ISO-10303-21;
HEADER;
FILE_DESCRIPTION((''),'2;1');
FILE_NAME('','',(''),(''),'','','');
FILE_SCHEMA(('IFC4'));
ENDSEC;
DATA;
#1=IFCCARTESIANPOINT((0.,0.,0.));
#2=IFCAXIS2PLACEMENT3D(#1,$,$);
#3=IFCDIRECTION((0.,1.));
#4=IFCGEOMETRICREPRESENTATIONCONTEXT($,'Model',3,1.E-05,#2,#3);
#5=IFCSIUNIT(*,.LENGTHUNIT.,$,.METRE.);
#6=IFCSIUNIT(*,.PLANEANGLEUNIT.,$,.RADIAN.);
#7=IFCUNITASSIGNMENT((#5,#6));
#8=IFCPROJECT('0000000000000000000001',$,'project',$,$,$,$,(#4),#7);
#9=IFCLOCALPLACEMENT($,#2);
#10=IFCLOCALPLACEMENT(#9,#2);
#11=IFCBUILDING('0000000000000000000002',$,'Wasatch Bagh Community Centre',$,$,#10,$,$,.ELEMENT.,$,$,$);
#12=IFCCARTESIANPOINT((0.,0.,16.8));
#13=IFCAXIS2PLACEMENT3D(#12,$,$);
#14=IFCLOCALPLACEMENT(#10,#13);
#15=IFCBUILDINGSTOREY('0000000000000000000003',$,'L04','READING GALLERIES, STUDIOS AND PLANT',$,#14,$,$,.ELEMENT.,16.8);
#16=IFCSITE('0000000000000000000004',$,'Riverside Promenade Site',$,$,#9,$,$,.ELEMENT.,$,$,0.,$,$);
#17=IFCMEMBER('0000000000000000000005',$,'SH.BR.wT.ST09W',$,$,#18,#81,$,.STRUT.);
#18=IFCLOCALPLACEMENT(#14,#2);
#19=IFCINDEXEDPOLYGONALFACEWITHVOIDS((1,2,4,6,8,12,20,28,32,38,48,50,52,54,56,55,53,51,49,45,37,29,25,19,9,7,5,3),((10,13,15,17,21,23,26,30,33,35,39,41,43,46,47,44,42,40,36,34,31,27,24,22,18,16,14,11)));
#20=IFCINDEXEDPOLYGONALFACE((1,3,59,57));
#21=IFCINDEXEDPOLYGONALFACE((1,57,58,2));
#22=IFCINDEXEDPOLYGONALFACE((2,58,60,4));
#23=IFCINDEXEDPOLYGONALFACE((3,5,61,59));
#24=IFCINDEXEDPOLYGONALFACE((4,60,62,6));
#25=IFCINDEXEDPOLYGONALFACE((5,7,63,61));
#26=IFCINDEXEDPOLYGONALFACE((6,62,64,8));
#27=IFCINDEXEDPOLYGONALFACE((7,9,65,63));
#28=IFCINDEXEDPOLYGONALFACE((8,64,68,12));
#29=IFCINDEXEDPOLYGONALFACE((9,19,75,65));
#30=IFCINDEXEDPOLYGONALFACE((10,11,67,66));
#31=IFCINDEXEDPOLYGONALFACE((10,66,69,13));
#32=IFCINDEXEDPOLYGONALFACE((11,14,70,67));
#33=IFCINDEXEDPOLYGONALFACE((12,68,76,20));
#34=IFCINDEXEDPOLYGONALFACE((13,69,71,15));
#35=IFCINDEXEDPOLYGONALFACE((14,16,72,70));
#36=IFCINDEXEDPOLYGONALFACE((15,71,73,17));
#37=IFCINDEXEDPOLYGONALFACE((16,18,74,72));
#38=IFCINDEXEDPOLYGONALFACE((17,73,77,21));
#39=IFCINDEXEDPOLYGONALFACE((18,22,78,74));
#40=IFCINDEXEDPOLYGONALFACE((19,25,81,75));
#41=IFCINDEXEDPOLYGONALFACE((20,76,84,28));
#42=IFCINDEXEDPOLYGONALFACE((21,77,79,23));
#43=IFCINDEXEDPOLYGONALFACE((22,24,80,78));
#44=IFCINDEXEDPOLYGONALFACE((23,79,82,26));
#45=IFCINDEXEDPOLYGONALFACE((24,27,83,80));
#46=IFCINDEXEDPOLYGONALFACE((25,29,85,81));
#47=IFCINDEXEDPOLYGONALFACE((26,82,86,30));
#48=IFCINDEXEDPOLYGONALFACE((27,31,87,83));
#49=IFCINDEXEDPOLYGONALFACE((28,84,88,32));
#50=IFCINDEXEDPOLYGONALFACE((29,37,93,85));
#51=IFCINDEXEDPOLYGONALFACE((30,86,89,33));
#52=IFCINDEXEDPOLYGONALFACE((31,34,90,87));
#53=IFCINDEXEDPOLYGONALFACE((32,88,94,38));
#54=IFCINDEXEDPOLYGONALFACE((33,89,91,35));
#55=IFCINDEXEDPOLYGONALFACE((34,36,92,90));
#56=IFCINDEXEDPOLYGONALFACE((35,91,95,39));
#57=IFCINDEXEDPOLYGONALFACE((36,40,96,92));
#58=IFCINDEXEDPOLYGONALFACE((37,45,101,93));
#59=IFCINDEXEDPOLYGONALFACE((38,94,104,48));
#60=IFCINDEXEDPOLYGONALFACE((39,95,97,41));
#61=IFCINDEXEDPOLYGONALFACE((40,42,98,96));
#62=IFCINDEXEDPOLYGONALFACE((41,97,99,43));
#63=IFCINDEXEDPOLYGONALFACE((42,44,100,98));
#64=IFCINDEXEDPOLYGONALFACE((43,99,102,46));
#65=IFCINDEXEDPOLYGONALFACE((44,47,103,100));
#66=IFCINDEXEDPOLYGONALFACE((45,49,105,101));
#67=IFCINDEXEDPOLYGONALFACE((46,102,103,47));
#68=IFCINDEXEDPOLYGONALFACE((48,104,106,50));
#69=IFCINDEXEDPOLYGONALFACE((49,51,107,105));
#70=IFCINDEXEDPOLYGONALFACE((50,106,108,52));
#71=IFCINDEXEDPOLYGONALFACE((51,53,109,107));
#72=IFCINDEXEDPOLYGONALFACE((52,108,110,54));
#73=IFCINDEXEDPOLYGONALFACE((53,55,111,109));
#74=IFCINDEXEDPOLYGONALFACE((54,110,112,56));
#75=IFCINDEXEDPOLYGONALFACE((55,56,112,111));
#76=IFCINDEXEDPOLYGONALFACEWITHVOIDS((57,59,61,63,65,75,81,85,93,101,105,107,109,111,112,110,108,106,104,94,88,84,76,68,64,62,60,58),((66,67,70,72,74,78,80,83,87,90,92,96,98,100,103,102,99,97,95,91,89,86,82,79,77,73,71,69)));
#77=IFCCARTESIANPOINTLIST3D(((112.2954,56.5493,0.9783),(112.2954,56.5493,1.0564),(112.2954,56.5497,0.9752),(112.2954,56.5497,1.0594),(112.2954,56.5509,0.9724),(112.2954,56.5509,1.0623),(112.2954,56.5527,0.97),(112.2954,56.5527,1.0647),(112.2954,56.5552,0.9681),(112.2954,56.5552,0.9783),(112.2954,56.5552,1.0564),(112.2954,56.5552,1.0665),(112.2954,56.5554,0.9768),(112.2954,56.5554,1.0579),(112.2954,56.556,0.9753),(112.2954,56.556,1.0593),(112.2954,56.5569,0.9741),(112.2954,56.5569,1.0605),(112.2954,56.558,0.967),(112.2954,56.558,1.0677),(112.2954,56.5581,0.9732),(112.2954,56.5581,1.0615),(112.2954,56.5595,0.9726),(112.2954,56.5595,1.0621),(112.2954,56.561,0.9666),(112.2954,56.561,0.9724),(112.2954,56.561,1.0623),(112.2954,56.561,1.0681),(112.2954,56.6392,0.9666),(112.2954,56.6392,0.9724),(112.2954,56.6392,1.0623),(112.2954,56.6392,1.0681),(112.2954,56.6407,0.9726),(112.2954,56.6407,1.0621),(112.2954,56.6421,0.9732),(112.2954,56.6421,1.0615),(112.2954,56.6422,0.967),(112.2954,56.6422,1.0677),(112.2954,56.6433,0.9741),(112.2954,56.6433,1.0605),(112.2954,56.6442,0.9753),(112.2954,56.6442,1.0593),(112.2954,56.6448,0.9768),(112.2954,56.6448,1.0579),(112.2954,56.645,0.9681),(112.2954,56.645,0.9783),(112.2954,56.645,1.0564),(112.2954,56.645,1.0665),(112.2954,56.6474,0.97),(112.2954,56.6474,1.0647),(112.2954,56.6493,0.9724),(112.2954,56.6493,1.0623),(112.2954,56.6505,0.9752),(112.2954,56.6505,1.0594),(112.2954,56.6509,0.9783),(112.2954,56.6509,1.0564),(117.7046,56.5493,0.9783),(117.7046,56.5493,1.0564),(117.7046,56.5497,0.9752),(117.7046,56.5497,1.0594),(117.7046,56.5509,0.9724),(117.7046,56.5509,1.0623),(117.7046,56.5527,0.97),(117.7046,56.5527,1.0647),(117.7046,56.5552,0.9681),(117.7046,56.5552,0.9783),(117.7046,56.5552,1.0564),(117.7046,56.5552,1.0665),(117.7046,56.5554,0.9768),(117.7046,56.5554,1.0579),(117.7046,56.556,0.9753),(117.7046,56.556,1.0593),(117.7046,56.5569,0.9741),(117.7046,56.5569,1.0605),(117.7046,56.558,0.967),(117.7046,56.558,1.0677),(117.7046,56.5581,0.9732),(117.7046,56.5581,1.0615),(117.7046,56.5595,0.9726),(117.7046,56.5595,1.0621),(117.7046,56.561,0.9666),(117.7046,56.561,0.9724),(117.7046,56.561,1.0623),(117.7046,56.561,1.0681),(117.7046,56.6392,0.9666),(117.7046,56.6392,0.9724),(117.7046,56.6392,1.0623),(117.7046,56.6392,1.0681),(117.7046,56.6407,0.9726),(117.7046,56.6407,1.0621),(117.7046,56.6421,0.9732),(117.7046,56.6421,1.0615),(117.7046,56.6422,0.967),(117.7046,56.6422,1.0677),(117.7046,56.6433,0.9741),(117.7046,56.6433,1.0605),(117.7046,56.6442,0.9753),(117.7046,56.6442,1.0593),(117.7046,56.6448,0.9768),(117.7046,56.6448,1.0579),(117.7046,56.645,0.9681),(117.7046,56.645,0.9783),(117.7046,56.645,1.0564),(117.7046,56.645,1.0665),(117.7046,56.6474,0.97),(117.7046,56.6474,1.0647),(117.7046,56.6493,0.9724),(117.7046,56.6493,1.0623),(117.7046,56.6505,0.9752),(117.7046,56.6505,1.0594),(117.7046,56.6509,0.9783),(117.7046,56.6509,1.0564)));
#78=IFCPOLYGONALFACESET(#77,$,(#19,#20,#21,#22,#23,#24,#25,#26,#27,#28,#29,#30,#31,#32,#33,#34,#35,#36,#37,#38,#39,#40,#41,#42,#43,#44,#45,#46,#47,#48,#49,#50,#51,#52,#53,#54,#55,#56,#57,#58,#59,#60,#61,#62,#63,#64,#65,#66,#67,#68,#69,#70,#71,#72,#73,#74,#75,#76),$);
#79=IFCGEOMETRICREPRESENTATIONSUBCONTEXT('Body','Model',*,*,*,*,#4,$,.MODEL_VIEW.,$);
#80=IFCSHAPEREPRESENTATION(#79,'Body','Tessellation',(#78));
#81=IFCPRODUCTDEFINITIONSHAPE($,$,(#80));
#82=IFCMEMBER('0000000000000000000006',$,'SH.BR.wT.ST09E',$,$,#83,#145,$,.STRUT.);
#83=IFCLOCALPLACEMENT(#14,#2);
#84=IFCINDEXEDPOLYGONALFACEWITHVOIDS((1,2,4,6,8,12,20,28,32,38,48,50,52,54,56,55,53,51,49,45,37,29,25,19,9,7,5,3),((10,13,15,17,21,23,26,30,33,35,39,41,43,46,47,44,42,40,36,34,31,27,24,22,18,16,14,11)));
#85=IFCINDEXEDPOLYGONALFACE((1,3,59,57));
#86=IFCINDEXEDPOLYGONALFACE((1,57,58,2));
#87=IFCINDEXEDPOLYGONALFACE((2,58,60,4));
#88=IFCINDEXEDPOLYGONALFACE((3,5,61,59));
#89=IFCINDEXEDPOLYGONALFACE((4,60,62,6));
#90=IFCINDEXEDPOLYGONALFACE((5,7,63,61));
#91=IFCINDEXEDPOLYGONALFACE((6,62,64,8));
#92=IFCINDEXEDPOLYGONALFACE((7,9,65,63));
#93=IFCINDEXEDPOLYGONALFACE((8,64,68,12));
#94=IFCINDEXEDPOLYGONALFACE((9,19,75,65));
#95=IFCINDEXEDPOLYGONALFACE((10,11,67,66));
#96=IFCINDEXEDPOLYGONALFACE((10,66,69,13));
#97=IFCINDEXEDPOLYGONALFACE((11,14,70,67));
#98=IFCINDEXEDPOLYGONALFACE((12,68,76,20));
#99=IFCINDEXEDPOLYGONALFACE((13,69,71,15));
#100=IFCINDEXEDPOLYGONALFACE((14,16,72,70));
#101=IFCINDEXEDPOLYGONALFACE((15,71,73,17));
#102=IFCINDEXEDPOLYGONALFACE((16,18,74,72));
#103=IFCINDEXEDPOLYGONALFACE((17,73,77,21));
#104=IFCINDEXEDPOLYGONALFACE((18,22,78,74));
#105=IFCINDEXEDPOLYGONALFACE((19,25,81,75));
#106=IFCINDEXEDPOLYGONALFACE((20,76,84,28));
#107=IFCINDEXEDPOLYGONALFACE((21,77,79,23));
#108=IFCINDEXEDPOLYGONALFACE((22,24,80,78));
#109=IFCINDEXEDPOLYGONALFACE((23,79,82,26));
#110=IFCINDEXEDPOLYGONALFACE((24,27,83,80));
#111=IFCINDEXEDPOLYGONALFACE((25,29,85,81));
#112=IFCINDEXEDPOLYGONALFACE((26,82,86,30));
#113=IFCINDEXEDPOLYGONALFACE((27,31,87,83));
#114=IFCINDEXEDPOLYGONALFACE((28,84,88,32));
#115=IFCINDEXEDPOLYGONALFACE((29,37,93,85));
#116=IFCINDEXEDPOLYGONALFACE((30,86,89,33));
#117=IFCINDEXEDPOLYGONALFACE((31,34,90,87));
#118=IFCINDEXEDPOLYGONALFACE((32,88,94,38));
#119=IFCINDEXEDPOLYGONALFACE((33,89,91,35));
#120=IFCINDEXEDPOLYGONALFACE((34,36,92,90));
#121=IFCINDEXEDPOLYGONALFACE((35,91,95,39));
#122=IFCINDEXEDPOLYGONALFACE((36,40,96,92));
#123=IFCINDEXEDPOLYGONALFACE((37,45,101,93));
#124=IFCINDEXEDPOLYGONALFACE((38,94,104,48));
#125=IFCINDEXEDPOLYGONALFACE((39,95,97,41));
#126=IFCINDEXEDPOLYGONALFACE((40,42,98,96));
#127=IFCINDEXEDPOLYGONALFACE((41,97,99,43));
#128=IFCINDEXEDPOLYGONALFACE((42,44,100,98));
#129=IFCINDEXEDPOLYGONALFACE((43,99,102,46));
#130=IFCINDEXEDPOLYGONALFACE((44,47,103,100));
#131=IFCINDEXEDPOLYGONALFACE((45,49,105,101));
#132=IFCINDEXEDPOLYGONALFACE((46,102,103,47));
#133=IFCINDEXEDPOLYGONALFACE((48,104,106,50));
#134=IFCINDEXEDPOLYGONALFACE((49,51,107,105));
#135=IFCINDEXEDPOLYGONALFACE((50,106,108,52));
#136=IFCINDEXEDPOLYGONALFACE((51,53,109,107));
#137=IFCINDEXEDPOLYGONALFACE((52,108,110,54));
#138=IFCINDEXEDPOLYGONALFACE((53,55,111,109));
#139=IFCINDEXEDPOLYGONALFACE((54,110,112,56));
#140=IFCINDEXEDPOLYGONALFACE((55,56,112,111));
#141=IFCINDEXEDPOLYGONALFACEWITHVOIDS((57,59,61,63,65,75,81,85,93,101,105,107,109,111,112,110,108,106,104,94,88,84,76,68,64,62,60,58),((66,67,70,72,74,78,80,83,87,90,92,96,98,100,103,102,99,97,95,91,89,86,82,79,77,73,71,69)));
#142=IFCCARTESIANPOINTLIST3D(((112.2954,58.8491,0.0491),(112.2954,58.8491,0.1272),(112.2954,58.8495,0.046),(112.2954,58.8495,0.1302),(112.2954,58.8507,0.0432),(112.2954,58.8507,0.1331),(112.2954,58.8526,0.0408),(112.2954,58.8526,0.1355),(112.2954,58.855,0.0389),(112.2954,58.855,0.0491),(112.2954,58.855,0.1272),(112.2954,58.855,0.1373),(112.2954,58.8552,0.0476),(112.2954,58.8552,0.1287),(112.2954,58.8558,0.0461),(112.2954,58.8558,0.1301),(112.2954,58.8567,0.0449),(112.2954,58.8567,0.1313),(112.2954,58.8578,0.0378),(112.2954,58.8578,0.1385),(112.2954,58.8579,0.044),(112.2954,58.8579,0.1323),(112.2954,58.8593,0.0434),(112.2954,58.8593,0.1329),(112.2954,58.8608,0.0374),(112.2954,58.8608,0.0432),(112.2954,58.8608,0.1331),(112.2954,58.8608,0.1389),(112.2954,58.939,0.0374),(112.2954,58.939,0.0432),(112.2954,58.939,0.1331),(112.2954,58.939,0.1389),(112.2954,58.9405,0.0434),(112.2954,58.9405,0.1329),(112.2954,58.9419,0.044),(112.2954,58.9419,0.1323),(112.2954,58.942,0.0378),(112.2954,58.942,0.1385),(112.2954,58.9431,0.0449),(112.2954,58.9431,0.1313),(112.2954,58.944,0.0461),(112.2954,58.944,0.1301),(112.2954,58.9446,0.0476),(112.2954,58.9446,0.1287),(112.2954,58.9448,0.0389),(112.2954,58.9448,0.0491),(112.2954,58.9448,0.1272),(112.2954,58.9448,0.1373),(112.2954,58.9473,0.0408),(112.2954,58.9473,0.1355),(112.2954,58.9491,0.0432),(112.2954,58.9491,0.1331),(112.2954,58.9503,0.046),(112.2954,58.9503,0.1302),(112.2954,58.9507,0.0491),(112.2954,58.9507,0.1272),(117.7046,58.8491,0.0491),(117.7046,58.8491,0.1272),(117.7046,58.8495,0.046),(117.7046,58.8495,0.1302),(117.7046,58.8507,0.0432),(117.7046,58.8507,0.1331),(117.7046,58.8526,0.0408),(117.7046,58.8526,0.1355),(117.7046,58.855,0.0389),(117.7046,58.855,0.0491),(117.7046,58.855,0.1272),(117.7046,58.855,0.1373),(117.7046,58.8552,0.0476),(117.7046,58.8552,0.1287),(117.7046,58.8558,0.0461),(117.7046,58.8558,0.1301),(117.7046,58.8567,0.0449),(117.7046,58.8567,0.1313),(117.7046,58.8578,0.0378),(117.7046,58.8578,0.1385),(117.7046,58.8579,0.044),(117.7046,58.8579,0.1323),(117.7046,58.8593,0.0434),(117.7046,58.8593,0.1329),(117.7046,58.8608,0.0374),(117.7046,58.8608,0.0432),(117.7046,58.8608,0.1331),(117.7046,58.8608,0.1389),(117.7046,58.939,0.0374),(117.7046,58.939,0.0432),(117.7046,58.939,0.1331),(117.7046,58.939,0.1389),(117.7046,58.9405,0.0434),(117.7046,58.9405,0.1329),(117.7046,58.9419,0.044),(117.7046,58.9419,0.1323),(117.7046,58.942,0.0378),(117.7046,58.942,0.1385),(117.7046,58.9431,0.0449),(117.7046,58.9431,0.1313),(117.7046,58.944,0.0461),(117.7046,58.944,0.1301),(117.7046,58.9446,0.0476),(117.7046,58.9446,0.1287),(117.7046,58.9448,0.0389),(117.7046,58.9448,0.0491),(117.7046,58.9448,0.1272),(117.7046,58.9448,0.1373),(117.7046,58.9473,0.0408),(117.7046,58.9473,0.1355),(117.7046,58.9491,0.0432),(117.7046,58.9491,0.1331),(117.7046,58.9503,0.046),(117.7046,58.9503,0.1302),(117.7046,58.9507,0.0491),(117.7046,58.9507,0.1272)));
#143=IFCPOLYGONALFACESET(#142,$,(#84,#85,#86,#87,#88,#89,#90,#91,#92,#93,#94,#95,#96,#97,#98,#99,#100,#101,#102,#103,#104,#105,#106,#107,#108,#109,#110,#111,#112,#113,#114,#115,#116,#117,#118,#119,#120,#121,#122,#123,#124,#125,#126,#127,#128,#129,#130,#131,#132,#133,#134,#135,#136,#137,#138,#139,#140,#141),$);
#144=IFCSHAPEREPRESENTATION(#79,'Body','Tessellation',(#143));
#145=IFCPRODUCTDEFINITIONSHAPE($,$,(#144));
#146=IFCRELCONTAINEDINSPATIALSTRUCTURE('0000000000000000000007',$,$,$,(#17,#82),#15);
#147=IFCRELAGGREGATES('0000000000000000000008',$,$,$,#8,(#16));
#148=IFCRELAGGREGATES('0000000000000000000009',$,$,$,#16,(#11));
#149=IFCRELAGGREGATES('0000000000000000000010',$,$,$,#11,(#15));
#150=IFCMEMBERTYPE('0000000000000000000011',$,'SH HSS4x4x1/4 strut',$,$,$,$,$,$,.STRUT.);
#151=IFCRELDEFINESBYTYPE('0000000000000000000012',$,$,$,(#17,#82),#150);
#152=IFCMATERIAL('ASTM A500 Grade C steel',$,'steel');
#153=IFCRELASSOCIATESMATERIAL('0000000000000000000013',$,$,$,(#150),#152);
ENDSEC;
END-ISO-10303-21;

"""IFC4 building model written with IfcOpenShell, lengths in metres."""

from ifc_helpers import new_model, si_unit, direction, frame, origin, origin_2d, place, context, subcontext, project, spatial, hollow_rectangle, extrude, material, material_profile, profile_set, type_object, element, save


model = new_model("IFC4")

# Units and contexts
model_context = context("Model", 3, precision=1e-05, world=origin(), true_north=direction((0.0, 1.0)))
body_context = subcontext(model_context, "Body", "Model", "MODEL_VIEW")
ifc_project = project(units=[si_unit("LENGTHUNIT", "METRE"), si_unit("PLANEANGLEUNIT", "RADIAN")], contexts=[model_context])

# Site, building, storey
site_placement = place(None, origin())
site = spatial("IfcSite", under=ifc_project, at=site_placement, Name="Riverside Promenade Site", CompositionType="ELEMENT", RefElevation=0.0)
building_placement = place(site_placement, origin())
building = spatial("IfcBuilding", under=site, at=building_placement, Name="Wasatch Bagh Community Centre", CompositionType="ELEMENT")
storey_placement = place(building_placement, frame((0.0, 0.0, 16.8)))
storey = spatial("IfcBuildingStorey", under=building, at=storey_placement, Name="L04", Description="READING GALLERIES, STUDIOS AND PLANT", CompositionType="ELEMENT", Elevation=16.8)

# Members
ifc_material_1 = material(Name="ASTM A500 Grade C steel", Category="steel")
ifc_material_profile_1 = material_profile(ifc_material_1, hollow_rectangle(XDim=0.1016, YDim=0.1016, WallThickness=0.0059, InnerFilletRadius=0.0059, OuterFilletRadius=0.0117, at=origin_2d()), Name="HSS4x4x1/4")
ifc_profile_set_1 = profile_set([ifc_material_profile_1], Name="ASTM A500 Grade C steel")
member_type_1 = type_object("IfcMemberType", Name="SH HSS4x4x1/4 strut", PredefinedType="STRUT", material=ifc_profile_set_1)
for number, where, z_axis, x_axis, name in (
    (1, (112.2954, 56.6001, 1.0173), (1.0, 0.0, 0.0), (0.0, 1.0, 0.0), "SH.BR.wT.ST09W"),
    (2, (112.2954, 58.8999, 0.0881), (1.0, 0.0, 0.0), (0.0, 1.0, 0.0), "SH.BR.wT.ST09E"),
):
    element("IfcMember", number, at=place(storey_placement, frame(where, z_axis=z_axis, x_axis=x_axis)), inside=storey, type_object=member_type_1, Name=name, PredefinedType="STRUT", context=body_context, shape_type="SweptSolid", body=[
        extrude(hollow_rectangle(XDim=0.1016, YDim=0.1016, WallThickness=0.0059, InnerFilletRadius=0.0059, OuterFilletRadius=0.0117, at=origin_2d()), origin(), (0.0, 0.0, 1.0), 5.4092),
    ])

save(model, "model.ifc")
